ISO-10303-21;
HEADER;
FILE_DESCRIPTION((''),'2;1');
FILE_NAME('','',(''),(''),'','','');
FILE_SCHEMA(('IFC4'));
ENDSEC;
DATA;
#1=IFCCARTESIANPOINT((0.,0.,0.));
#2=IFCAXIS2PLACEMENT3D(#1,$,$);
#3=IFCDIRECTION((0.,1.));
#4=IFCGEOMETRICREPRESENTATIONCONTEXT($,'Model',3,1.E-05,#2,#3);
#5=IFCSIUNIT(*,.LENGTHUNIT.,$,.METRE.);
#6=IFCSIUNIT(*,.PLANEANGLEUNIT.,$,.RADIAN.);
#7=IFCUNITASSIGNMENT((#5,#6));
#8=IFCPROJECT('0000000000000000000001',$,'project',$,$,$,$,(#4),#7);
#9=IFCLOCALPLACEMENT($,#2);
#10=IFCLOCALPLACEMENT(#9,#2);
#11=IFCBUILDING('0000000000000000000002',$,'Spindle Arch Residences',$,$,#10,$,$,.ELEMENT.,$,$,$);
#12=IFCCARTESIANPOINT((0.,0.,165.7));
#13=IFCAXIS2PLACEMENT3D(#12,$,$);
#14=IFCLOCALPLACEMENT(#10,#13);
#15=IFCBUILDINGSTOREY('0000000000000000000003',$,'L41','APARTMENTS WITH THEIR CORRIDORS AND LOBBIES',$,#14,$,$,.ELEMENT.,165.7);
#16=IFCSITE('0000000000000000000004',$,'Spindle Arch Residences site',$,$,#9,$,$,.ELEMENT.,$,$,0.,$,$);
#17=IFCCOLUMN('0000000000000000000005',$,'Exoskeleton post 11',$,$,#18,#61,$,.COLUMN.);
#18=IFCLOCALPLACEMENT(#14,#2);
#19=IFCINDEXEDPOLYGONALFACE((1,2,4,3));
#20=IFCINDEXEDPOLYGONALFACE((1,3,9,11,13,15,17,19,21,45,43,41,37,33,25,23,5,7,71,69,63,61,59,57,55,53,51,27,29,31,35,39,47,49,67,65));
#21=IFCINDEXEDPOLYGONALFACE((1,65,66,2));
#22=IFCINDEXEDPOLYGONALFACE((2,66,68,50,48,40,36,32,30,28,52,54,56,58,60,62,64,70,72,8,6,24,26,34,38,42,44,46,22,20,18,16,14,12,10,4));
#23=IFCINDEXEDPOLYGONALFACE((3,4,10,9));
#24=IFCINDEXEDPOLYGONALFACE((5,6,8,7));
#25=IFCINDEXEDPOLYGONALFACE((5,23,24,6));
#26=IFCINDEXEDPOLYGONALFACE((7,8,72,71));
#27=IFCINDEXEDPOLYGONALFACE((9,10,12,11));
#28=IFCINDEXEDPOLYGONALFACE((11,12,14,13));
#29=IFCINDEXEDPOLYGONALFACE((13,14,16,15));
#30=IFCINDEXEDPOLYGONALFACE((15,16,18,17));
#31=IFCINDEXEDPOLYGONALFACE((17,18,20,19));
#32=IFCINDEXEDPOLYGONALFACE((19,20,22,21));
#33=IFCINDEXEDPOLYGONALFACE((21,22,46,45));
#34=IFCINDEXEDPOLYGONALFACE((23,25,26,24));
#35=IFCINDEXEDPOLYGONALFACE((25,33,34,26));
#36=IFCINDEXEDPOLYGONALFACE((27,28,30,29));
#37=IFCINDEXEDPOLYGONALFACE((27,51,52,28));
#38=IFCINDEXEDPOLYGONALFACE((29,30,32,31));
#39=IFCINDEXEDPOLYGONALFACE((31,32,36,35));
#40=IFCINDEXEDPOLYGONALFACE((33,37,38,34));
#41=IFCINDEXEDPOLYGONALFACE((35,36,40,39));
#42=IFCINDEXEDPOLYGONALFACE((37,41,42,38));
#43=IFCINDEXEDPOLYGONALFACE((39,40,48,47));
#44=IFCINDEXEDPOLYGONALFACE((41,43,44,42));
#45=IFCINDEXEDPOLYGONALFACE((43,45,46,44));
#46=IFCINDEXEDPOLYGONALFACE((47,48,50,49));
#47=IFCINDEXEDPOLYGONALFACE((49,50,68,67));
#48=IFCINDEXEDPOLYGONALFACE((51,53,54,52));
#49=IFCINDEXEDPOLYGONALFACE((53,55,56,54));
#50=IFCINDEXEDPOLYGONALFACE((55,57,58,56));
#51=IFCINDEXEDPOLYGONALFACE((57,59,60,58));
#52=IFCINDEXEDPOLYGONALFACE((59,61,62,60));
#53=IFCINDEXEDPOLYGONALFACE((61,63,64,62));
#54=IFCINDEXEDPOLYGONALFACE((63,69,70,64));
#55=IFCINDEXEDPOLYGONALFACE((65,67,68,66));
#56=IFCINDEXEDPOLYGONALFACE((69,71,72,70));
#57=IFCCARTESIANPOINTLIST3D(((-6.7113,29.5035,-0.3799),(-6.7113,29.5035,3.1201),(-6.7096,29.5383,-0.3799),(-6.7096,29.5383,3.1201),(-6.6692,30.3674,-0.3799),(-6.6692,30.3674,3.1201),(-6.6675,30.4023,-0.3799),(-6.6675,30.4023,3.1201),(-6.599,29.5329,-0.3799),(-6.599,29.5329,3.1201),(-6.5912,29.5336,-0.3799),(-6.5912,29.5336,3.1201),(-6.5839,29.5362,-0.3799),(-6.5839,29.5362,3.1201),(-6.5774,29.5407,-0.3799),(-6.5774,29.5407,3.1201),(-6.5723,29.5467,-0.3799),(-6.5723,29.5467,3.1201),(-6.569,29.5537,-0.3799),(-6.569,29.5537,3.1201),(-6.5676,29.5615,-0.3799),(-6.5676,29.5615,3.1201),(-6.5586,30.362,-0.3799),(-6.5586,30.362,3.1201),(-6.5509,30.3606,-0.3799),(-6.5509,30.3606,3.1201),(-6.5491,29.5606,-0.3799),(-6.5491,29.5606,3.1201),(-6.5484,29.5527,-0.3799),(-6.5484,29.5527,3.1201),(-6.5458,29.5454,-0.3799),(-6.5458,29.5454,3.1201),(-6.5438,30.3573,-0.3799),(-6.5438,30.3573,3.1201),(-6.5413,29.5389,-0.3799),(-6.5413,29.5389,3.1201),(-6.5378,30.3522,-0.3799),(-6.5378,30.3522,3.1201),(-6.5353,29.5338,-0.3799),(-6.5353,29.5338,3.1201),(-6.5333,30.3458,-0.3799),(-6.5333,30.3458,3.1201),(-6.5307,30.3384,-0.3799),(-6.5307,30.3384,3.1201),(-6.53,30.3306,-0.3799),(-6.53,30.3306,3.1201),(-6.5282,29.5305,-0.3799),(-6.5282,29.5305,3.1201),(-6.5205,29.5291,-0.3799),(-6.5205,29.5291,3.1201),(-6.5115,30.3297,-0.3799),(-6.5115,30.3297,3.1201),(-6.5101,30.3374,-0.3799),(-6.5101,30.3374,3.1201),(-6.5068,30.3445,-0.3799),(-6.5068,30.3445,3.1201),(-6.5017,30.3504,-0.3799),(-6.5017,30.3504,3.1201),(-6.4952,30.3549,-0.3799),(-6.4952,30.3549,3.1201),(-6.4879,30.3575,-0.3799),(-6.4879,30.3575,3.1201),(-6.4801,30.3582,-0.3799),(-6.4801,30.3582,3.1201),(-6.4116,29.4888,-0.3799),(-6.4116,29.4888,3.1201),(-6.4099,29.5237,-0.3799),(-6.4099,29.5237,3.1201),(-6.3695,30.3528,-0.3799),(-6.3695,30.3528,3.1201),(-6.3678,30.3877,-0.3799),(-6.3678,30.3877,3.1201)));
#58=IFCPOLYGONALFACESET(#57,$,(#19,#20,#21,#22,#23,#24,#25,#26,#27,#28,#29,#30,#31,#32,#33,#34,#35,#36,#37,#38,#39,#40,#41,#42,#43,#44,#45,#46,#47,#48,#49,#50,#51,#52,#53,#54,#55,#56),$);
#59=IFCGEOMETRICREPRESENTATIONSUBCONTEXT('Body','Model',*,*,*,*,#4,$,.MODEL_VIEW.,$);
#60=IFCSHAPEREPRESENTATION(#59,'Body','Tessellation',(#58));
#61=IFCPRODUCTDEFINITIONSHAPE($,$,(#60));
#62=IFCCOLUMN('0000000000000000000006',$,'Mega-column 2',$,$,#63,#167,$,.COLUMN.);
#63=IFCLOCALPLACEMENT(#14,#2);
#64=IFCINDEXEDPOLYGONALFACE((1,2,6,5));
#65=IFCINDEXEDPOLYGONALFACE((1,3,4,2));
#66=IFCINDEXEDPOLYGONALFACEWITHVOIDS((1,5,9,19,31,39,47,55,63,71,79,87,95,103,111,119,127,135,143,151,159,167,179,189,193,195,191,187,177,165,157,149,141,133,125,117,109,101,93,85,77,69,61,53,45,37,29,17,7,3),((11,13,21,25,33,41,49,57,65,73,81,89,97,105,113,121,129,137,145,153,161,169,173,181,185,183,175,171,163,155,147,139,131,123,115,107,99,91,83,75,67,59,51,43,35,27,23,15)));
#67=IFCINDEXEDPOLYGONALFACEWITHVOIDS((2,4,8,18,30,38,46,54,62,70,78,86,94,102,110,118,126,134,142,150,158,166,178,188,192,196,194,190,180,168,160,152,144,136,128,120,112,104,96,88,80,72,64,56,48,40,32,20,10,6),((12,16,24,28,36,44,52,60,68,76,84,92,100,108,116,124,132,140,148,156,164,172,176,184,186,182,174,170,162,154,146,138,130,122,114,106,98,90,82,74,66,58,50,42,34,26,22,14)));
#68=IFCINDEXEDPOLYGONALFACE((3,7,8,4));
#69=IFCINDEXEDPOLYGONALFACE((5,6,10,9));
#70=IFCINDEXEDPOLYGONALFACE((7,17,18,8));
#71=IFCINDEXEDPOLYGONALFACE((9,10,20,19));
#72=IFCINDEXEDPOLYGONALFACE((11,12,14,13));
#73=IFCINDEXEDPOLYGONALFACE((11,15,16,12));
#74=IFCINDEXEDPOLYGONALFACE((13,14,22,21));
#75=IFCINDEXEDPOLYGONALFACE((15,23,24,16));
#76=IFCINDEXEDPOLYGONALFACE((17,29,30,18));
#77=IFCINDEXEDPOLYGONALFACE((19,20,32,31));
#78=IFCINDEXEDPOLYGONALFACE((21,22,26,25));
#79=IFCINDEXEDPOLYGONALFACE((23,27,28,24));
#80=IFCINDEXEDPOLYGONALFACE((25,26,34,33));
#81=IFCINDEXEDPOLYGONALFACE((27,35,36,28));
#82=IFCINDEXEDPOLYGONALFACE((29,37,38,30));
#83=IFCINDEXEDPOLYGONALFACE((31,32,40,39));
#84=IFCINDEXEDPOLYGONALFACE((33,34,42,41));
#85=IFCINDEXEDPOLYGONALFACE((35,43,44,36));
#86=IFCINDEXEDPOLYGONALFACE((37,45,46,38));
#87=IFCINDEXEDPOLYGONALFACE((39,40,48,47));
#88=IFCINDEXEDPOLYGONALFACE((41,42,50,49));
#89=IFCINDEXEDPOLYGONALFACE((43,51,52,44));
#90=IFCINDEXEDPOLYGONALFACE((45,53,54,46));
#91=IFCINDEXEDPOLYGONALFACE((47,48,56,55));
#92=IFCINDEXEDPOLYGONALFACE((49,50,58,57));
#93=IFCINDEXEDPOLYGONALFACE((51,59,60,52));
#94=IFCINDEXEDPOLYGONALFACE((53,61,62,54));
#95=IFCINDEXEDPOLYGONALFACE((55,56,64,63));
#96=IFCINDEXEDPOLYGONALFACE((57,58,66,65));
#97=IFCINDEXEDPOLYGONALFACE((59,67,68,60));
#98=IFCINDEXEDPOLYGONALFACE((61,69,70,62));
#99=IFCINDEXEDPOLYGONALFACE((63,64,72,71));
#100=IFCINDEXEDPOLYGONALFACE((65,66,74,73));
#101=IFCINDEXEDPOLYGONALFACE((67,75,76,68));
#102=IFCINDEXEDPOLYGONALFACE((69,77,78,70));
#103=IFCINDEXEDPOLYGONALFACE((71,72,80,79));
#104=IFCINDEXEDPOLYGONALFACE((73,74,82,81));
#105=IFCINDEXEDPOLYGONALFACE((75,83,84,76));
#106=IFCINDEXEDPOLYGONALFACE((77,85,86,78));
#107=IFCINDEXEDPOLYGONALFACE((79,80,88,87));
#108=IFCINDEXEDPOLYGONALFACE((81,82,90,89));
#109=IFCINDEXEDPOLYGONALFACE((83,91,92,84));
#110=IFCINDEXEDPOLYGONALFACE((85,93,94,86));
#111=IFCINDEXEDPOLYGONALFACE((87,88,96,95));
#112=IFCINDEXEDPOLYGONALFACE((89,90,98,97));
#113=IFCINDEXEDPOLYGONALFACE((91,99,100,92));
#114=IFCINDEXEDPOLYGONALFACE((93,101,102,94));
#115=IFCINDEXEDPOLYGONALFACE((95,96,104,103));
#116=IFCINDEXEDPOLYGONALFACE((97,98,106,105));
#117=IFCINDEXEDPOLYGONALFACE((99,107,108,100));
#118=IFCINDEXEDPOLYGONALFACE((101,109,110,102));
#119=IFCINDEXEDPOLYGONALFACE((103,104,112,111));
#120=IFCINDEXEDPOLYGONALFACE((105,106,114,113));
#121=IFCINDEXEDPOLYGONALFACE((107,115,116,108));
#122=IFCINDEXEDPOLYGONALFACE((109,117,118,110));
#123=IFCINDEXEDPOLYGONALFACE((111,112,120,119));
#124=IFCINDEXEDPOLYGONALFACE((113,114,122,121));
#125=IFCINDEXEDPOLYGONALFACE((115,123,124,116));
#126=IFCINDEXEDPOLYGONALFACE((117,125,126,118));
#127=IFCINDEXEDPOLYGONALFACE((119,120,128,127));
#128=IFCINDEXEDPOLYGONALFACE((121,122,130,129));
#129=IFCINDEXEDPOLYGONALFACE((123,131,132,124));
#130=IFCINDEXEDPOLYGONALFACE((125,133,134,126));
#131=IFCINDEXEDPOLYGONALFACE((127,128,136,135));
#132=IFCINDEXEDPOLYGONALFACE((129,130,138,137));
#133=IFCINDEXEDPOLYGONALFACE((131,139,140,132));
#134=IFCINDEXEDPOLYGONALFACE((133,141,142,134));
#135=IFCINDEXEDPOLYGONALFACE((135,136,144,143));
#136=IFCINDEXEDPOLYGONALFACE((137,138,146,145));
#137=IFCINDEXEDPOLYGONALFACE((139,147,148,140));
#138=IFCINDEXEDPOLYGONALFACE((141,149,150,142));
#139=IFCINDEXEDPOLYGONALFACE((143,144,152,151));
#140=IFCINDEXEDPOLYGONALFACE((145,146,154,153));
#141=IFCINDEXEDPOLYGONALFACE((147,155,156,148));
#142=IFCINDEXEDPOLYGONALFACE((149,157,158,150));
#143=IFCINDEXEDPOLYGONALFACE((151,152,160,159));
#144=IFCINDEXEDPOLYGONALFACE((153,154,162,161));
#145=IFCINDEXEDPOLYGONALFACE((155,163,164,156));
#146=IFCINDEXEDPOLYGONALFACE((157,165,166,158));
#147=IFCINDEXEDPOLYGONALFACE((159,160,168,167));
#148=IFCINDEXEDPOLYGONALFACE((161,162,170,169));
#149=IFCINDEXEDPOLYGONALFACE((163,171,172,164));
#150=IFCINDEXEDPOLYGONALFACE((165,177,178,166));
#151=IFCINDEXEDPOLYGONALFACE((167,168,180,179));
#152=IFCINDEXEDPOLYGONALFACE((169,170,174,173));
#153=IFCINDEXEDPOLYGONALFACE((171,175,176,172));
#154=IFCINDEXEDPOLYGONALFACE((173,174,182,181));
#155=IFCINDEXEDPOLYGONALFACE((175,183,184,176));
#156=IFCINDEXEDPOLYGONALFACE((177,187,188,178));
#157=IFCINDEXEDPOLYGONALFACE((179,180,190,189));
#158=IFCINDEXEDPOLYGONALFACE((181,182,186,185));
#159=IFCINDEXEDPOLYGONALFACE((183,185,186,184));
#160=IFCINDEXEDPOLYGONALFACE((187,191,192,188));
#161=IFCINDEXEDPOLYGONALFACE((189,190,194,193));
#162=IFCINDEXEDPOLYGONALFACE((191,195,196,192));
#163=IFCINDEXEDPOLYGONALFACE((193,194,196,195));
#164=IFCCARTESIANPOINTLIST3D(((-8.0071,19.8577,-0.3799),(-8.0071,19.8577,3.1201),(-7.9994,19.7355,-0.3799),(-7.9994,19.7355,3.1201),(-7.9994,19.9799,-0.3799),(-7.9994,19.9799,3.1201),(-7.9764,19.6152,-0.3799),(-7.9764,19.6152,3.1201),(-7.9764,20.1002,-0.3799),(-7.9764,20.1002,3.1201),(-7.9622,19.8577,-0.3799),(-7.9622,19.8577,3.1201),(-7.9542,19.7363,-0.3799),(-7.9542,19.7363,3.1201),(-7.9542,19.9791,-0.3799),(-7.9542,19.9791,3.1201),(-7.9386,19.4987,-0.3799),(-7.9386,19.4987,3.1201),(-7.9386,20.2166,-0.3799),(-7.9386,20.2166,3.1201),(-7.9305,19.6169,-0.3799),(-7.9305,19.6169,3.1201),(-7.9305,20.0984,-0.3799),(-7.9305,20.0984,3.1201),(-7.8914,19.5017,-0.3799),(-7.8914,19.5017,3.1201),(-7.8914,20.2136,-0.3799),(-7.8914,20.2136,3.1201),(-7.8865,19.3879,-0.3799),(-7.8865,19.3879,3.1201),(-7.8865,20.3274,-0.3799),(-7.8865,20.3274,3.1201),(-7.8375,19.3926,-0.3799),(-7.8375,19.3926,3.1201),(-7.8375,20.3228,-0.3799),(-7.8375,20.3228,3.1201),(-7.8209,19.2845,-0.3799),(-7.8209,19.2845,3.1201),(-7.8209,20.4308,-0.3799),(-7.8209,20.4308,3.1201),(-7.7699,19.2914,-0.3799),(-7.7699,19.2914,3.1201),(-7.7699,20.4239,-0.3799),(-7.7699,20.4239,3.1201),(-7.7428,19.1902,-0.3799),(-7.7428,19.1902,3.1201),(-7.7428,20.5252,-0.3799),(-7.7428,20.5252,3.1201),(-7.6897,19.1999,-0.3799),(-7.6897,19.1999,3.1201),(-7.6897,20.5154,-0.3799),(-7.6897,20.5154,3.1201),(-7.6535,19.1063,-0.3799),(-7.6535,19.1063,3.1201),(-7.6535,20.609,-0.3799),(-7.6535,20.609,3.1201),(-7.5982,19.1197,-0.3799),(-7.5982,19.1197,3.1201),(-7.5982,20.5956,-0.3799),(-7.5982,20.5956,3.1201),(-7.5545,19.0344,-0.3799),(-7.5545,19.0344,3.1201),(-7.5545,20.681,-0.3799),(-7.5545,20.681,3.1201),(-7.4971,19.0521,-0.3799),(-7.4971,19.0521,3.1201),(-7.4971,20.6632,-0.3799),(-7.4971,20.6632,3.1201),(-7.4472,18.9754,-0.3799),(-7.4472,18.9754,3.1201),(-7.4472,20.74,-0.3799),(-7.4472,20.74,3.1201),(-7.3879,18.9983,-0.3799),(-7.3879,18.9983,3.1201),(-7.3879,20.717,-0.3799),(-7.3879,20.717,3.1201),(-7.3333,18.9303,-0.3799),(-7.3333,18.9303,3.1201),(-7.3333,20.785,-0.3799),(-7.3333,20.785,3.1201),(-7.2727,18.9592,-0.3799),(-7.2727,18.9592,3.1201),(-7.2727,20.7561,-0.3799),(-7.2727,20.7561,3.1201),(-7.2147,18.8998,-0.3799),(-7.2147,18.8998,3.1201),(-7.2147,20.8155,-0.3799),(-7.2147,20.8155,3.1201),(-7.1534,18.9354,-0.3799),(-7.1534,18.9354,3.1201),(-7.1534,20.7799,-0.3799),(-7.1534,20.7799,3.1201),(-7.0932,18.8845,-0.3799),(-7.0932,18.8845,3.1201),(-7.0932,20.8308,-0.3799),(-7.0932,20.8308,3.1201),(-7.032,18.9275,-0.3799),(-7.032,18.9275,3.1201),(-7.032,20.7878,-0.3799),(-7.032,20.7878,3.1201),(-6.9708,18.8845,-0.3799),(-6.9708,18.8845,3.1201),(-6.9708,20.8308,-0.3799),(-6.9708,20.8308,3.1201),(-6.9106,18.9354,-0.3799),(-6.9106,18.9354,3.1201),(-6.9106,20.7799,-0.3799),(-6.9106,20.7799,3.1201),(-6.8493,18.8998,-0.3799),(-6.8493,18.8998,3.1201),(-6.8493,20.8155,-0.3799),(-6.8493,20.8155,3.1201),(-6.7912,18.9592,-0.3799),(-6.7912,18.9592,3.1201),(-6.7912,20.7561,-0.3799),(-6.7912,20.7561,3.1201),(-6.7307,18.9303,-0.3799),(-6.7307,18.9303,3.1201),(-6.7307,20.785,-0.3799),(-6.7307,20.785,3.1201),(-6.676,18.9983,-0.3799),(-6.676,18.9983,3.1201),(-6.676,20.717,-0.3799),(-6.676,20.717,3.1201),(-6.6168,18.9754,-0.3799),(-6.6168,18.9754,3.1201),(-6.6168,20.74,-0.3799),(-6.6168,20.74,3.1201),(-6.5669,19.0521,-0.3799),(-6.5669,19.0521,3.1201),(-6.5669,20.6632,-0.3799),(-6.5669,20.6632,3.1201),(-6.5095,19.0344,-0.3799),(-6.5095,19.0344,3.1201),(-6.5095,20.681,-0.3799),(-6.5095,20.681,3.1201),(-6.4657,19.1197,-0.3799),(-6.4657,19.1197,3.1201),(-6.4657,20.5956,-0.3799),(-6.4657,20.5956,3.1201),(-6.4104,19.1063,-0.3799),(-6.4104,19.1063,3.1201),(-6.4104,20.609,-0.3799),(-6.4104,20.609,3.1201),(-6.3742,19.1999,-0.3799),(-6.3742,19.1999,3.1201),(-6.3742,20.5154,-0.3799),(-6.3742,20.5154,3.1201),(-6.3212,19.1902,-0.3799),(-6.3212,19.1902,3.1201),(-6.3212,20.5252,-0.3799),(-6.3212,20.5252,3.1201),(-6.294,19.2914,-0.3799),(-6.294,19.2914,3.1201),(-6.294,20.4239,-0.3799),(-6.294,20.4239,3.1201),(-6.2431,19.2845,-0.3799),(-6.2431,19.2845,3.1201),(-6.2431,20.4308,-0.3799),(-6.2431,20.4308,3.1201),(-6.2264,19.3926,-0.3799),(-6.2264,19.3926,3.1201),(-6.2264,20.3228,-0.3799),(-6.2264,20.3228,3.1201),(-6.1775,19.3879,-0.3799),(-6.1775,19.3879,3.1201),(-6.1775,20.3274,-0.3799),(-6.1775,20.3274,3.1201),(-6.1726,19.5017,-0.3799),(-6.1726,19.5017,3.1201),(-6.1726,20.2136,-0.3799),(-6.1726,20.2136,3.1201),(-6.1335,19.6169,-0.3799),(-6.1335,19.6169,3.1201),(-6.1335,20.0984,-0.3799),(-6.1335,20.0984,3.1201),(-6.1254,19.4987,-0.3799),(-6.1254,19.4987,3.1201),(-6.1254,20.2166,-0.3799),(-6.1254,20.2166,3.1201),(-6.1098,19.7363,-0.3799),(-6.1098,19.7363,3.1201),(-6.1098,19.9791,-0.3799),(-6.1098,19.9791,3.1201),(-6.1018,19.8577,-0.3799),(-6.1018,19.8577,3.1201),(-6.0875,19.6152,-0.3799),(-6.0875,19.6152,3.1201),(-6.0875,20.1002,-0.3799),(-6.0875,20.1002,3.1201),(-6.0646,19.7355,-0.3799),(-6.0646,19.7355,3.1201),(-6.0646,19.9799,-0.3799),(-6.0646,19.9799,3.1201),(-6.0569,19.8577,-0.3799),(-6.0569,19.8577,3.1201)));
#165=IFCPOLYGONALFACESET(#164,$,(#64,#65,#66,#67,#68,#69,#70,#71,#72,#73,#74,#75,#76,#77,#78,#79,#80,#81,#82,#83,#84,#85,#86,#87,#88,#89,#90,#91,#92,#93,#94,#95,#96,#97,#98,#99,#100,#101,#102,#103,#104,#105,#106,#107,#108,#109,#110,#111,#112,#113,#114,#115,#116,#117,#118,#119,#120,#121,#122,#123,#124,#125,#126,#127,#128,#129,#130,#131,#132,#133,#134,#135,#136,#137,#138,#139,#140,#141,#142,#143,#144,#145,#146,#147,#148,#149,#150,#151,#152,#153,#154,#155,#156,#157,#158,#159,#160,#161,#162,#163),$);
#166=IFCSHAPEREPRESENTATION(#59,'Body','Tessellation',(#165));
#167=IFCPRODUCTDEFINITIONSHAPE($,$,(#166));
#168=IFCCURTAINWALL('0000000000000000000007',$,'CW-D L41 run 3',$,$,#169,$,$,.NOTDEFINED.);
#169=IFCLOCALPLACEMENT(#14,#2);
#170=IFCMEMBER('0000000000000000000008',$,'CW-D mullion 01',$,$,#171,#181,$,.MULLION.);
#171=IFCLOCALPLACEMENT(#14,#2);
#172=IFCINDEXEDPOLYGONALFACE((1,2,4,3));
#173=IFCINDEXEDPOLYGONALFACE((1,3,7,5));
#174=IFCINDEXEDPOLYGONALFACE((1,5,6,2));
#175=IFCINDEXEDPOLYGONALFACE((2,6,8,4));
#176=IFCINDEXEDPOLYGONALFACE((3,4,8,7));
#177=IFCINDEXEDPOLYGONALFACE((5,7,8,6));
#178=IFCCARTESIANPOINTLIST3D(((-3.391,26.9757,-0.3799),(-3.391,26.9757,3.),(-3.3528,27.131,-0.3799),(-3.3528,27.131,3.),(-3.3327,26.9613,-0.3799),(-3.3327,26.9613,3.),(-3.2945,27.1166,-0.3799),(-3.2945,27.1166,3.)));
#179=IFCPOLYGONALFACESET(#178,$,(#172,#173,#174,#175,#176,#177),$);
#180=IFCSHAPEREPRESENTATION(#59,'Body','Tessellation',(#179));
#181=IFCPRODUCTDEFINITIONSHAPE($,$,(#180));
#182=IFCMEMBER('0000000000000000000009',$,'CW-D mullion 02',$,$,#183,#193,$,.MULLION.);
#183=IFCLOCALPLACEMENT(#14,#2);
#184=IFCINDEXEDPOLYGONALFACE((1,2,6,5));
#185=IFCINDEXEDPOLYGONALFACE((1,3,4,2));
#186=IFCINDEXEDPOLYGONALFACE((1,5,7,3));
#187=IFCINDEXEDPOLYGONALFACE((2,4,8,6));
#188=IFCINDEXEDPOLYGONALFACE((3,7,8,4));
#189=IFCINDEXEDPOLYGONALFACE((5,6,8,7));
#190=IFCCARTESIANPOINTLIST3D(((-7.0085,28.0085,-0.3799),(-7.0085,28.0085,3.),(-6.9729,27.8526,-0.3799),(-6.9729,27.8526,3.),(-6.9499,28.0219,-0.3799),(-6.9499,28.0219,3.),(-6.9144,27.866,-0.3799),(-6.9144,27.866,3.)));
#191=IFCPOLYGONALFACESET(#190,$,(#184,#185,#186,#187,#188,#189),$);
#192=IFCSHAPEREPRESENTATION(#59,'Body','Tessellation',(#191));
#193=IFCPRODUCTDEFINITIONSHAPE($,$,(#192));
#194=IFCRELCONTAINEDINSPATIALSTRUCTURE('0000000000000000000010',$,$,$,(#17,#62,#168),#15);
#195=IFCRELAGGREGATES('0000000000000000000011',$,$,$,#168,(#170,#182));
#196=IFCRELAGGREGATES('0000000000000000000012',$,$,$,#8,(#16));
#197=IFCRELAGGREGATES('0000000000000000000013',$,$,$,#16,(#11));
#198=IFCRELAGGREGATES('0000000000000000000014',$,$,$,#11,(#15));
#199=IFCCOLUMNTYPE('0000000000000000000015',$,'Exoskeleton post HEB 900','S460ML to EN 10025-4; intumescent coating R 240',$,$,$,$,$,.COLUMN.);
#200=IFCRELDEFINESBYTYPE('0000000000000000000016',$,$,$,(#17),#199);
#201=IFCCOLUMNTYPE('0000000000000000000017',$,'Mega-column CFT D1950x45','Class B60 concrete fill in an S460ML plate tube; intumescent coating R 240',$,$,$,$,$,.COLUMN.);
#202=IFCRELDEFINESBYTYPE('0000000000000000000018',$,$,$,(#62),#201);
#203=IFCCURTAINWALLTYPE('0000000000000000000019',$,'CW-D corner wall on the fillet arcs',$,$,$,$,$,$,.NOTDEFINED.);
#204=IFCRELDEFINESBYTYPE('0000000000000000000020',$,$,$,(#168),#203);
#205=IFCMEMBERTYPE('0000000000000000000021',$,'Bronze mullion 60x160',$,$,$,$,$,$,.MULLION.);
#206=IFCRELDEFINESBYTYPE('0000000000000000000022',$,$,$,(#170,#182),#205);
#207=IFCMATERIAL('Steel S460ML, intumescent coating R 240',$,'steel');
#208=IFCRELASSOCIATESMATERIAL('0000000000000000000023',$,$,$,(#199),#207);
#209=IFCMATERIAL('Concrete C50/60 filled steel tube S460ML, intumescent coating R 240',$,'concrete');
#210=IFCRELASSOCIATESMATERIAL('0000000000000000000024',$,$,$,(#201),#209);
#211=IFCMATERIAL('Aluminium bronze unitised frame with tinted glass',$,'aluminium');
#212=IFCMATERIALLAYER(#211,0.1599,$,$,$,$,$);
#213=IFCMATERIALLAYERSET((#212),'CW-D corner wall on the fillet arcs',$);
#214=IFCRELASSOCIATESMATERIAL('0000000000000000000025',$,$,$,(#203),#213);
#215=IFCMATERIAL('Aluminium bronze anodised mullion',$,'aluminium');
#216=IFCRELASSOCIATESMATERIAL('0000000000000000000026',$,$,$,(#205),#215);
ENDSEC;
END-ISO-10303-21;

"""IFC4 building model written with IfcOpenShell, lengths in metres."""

from ifc_helpers import new_model, si_unit, direction, frame, origin, origin_2d, place, context, subcontext, project, spatial, rectangle, hollow_circle, i_section, extrude, material, layer, layer_set, material_profile, profile_set, type_object, element, aggregate, save


model = new_model("IFC4")

# Units and contexts
model_context = context("Model", 3, precision=1e-05, world=origin(), true_north=direction((0.0, 1.0)))
body_context = subcontext(model_context, "Body", "Model", "MODEL_VIEW")
ifc_project = project(units=[si_unit("LENGTHUNIT", "METRE"), si_unit("PLANEANGLEUNIT", "RADIAN")], contexts=[model_context])

# Site, building, storey
site_placement = place(None, origin())
site = spatial("IfcSite", under=ifc_project, at=site_placement, Name="Spindle Arch Residences site", CompositionType="ELEMENT", RefElevation=0.0)
building_placement = place(site_placement, origin())
building = spatial("IfcBuilding", under=site, at=building_placement, Name="Spindle Arch Residences", CompositionType="ELEMENT")
storey_placement = place(building_placement, frame((0.0, 0.0, 165.7)))
storey = spatial("IfcBuildingStorey", under=building, at=storey_placement, Name="L41", Description="APARTMENTS WITH THEIR CORRIDORS AND LOBBIES", CompositionType="ELEMENT", Elevation=165.7)

# Columns
ifc_material_1 = material(Name="Steel S460ML, intumescent coating R 240", Category="steel")
ifc_material_profile_1 = material_profile(ifc_material_1, i_section(OverallWidth=0.3, OverallDepth=0.8999, WebThickness=0.0186, FlangeThickness=0.0349, FilletRadius=0.03, at=origin_2d()), Name="HEB 900")
ifc_profile_set_1 = profile_set([ifc_material_profile_1], Name="Steel S460ML, intumescent coating R 240")
column_type_1 = type_object("IfcColumnType", Name="Exoskeleton post HEB 900", Description="S460ML to EN 10025-4; intumescent coating R 240", PredefinedType="COLUMN", material=ifc_profile_set_1)
column_1_placement = place(storey_placement, frame((-6.5396, 29.9456, -0.3799), z_axis=(0.0, 0.0, 1.0), x_axis=(0.998811, -0.048754, 0.0)))
element("IfcColumn", 1, at=column_1_placement, inside=storey, type_object=column_type_1, Name="Exoskeleton post 11", PredefinedType="COLUMN", context=body_context, shape_type="SweptSolid", body=[
    extrude(i_section(OverallWidth=0.3, OverallDepth=0.8999, WebThickness=0.0186, FlangeThickness=0.0349, FilletRadius=0.03, at=origin_2d()), origin(), (0.0, 0.0, 1.0), 3.5),
])
ifc_material_2 = material(Name="Concrete C50/60 filled steel tube S460ML, intumescent coating R 240", Category="concrete")
ifc_material_profile_2 = material_profile(ifc_material_2, hollow_circle(Radius=0.9751, WallThickness=0.0449, at=origin_2d()), Name="CFT D1950x45")
ifc_profile_set_2 = profile_set([ifc_material_profile_2], Name="Concrete C50/60 filled steel tube S460ML, intumescent coating R 240")
column_type_2 = type_object("IfcColumnType", Name="Mega-column CFT D1950x45", Description="Class B60 concrete fill in an S460ML plate tube; intumescent coating R 240", PredefinedType="COLUMN", material=ifc_profile_set_2)
column_2_placement = place(storey_placement, frame((-7.032, 19.8577, -0.3799), z_axis=(0.0, 0.0, 1.0), x_axis=(1.0, 0.0, 0.0)))
element("IfcColumn", 2, at=column_2_placement, inside=storey, type_object=column_type_2, Name="Mega-column 2", PredefinedType="COLUMN", context=body_context, shape_type="SweptSolid", body=[
    extrude(hollow_circle(Radius=0.9751, WallThickness=0.0449, at=origin_2d()), origin(), (0.0, 0.0, 1.0), 3.5),
])

# Curtain wall, members
ifc_material_3 = material(Name="Aluminium bronze unitised frame with tinted glass", Category="aluminium")
ifc_layer_1 = layer(ifc_material_3, 0.1599)
ifc_layer_set_1 = layer_set([ifc_layer_1], Name="CW-D corner wall on the fillet arcs")
curtain_wall_type = type_object("IfcCurtainWallType", Name="CW-D corner wall on the fillet arcs", PredefinedType="NOTDEFINED", material=ifc_layer_set_1)
curtain_wall_placement = place(storey_placement, origin())
curtain_wall = element("IfcCurtainWall", 3, at=curtain_wall_placement, inside=storey, type_object=curtain_wall_type, Name="CW-D L41 run 3", PredefinedType="NOTDEFINED")
ifc_material_4 = material(Name="Aluminium bronze anodised mullion", Category="aluminium")
ifc_material_profile_3 = material_profile(ifc_material_4, rectangle(XDim=0.1599, YDim=0.0601, at=origin_2d()), Name="MU 60x160")
ifc_profile_set_3 = profile_set([ifc_material_profile_3], Name="Aluminium bronze anodised mullion")
member_type_1 = type_object("IfcMemberType", Name="Bronze mullion 60x160", PredefinedType="MULLION", material=ifc_profile_set_3)
member_1_placement = place(storey_placement, frame((-3.3428, 27.0461, -0.3799), z_axis=(0.0, 0.0, 1.0), x_axis=(-0.239098, -0.970995, 0.0)))
member_1 = element("IfcMember", 4, at=member_1_placement, type_object=member_type_1, Name="CW-D mullion 01", PredefinedType="MULLION", context=body_context, shape_type="SweptSolid", body=[
    extrude(rectangle(XDim=0.1599, YDim=0.0601, at=origin_2d()), origin(), (0.0, 0.0, 1.0), 3.3799),
])
member_2_placement = place(storey_placement, frame((-6.9614, 27.9373, -0.3799), z_axis=(0.0, 0.0, 1.0), x_axis=(0.222116, -0.97502, 0.0)))
member_2 = element("IfcMember", 5, at=member_2_placement, type_object=member_type_1, Name="CW-D mullion 02", PredefinedType="MULLION", context=body_context, shape_type="SweptSolid", body=[
    extrude(rectangle(XDim=0.1599, YDim=0.0601, at=origin_2d()), origin(), (0.0, 0.0, 1.0), 3.3799),
])

aggregate(curtain_wall, [member_1, member_2])

save(model, "model.ifc")
